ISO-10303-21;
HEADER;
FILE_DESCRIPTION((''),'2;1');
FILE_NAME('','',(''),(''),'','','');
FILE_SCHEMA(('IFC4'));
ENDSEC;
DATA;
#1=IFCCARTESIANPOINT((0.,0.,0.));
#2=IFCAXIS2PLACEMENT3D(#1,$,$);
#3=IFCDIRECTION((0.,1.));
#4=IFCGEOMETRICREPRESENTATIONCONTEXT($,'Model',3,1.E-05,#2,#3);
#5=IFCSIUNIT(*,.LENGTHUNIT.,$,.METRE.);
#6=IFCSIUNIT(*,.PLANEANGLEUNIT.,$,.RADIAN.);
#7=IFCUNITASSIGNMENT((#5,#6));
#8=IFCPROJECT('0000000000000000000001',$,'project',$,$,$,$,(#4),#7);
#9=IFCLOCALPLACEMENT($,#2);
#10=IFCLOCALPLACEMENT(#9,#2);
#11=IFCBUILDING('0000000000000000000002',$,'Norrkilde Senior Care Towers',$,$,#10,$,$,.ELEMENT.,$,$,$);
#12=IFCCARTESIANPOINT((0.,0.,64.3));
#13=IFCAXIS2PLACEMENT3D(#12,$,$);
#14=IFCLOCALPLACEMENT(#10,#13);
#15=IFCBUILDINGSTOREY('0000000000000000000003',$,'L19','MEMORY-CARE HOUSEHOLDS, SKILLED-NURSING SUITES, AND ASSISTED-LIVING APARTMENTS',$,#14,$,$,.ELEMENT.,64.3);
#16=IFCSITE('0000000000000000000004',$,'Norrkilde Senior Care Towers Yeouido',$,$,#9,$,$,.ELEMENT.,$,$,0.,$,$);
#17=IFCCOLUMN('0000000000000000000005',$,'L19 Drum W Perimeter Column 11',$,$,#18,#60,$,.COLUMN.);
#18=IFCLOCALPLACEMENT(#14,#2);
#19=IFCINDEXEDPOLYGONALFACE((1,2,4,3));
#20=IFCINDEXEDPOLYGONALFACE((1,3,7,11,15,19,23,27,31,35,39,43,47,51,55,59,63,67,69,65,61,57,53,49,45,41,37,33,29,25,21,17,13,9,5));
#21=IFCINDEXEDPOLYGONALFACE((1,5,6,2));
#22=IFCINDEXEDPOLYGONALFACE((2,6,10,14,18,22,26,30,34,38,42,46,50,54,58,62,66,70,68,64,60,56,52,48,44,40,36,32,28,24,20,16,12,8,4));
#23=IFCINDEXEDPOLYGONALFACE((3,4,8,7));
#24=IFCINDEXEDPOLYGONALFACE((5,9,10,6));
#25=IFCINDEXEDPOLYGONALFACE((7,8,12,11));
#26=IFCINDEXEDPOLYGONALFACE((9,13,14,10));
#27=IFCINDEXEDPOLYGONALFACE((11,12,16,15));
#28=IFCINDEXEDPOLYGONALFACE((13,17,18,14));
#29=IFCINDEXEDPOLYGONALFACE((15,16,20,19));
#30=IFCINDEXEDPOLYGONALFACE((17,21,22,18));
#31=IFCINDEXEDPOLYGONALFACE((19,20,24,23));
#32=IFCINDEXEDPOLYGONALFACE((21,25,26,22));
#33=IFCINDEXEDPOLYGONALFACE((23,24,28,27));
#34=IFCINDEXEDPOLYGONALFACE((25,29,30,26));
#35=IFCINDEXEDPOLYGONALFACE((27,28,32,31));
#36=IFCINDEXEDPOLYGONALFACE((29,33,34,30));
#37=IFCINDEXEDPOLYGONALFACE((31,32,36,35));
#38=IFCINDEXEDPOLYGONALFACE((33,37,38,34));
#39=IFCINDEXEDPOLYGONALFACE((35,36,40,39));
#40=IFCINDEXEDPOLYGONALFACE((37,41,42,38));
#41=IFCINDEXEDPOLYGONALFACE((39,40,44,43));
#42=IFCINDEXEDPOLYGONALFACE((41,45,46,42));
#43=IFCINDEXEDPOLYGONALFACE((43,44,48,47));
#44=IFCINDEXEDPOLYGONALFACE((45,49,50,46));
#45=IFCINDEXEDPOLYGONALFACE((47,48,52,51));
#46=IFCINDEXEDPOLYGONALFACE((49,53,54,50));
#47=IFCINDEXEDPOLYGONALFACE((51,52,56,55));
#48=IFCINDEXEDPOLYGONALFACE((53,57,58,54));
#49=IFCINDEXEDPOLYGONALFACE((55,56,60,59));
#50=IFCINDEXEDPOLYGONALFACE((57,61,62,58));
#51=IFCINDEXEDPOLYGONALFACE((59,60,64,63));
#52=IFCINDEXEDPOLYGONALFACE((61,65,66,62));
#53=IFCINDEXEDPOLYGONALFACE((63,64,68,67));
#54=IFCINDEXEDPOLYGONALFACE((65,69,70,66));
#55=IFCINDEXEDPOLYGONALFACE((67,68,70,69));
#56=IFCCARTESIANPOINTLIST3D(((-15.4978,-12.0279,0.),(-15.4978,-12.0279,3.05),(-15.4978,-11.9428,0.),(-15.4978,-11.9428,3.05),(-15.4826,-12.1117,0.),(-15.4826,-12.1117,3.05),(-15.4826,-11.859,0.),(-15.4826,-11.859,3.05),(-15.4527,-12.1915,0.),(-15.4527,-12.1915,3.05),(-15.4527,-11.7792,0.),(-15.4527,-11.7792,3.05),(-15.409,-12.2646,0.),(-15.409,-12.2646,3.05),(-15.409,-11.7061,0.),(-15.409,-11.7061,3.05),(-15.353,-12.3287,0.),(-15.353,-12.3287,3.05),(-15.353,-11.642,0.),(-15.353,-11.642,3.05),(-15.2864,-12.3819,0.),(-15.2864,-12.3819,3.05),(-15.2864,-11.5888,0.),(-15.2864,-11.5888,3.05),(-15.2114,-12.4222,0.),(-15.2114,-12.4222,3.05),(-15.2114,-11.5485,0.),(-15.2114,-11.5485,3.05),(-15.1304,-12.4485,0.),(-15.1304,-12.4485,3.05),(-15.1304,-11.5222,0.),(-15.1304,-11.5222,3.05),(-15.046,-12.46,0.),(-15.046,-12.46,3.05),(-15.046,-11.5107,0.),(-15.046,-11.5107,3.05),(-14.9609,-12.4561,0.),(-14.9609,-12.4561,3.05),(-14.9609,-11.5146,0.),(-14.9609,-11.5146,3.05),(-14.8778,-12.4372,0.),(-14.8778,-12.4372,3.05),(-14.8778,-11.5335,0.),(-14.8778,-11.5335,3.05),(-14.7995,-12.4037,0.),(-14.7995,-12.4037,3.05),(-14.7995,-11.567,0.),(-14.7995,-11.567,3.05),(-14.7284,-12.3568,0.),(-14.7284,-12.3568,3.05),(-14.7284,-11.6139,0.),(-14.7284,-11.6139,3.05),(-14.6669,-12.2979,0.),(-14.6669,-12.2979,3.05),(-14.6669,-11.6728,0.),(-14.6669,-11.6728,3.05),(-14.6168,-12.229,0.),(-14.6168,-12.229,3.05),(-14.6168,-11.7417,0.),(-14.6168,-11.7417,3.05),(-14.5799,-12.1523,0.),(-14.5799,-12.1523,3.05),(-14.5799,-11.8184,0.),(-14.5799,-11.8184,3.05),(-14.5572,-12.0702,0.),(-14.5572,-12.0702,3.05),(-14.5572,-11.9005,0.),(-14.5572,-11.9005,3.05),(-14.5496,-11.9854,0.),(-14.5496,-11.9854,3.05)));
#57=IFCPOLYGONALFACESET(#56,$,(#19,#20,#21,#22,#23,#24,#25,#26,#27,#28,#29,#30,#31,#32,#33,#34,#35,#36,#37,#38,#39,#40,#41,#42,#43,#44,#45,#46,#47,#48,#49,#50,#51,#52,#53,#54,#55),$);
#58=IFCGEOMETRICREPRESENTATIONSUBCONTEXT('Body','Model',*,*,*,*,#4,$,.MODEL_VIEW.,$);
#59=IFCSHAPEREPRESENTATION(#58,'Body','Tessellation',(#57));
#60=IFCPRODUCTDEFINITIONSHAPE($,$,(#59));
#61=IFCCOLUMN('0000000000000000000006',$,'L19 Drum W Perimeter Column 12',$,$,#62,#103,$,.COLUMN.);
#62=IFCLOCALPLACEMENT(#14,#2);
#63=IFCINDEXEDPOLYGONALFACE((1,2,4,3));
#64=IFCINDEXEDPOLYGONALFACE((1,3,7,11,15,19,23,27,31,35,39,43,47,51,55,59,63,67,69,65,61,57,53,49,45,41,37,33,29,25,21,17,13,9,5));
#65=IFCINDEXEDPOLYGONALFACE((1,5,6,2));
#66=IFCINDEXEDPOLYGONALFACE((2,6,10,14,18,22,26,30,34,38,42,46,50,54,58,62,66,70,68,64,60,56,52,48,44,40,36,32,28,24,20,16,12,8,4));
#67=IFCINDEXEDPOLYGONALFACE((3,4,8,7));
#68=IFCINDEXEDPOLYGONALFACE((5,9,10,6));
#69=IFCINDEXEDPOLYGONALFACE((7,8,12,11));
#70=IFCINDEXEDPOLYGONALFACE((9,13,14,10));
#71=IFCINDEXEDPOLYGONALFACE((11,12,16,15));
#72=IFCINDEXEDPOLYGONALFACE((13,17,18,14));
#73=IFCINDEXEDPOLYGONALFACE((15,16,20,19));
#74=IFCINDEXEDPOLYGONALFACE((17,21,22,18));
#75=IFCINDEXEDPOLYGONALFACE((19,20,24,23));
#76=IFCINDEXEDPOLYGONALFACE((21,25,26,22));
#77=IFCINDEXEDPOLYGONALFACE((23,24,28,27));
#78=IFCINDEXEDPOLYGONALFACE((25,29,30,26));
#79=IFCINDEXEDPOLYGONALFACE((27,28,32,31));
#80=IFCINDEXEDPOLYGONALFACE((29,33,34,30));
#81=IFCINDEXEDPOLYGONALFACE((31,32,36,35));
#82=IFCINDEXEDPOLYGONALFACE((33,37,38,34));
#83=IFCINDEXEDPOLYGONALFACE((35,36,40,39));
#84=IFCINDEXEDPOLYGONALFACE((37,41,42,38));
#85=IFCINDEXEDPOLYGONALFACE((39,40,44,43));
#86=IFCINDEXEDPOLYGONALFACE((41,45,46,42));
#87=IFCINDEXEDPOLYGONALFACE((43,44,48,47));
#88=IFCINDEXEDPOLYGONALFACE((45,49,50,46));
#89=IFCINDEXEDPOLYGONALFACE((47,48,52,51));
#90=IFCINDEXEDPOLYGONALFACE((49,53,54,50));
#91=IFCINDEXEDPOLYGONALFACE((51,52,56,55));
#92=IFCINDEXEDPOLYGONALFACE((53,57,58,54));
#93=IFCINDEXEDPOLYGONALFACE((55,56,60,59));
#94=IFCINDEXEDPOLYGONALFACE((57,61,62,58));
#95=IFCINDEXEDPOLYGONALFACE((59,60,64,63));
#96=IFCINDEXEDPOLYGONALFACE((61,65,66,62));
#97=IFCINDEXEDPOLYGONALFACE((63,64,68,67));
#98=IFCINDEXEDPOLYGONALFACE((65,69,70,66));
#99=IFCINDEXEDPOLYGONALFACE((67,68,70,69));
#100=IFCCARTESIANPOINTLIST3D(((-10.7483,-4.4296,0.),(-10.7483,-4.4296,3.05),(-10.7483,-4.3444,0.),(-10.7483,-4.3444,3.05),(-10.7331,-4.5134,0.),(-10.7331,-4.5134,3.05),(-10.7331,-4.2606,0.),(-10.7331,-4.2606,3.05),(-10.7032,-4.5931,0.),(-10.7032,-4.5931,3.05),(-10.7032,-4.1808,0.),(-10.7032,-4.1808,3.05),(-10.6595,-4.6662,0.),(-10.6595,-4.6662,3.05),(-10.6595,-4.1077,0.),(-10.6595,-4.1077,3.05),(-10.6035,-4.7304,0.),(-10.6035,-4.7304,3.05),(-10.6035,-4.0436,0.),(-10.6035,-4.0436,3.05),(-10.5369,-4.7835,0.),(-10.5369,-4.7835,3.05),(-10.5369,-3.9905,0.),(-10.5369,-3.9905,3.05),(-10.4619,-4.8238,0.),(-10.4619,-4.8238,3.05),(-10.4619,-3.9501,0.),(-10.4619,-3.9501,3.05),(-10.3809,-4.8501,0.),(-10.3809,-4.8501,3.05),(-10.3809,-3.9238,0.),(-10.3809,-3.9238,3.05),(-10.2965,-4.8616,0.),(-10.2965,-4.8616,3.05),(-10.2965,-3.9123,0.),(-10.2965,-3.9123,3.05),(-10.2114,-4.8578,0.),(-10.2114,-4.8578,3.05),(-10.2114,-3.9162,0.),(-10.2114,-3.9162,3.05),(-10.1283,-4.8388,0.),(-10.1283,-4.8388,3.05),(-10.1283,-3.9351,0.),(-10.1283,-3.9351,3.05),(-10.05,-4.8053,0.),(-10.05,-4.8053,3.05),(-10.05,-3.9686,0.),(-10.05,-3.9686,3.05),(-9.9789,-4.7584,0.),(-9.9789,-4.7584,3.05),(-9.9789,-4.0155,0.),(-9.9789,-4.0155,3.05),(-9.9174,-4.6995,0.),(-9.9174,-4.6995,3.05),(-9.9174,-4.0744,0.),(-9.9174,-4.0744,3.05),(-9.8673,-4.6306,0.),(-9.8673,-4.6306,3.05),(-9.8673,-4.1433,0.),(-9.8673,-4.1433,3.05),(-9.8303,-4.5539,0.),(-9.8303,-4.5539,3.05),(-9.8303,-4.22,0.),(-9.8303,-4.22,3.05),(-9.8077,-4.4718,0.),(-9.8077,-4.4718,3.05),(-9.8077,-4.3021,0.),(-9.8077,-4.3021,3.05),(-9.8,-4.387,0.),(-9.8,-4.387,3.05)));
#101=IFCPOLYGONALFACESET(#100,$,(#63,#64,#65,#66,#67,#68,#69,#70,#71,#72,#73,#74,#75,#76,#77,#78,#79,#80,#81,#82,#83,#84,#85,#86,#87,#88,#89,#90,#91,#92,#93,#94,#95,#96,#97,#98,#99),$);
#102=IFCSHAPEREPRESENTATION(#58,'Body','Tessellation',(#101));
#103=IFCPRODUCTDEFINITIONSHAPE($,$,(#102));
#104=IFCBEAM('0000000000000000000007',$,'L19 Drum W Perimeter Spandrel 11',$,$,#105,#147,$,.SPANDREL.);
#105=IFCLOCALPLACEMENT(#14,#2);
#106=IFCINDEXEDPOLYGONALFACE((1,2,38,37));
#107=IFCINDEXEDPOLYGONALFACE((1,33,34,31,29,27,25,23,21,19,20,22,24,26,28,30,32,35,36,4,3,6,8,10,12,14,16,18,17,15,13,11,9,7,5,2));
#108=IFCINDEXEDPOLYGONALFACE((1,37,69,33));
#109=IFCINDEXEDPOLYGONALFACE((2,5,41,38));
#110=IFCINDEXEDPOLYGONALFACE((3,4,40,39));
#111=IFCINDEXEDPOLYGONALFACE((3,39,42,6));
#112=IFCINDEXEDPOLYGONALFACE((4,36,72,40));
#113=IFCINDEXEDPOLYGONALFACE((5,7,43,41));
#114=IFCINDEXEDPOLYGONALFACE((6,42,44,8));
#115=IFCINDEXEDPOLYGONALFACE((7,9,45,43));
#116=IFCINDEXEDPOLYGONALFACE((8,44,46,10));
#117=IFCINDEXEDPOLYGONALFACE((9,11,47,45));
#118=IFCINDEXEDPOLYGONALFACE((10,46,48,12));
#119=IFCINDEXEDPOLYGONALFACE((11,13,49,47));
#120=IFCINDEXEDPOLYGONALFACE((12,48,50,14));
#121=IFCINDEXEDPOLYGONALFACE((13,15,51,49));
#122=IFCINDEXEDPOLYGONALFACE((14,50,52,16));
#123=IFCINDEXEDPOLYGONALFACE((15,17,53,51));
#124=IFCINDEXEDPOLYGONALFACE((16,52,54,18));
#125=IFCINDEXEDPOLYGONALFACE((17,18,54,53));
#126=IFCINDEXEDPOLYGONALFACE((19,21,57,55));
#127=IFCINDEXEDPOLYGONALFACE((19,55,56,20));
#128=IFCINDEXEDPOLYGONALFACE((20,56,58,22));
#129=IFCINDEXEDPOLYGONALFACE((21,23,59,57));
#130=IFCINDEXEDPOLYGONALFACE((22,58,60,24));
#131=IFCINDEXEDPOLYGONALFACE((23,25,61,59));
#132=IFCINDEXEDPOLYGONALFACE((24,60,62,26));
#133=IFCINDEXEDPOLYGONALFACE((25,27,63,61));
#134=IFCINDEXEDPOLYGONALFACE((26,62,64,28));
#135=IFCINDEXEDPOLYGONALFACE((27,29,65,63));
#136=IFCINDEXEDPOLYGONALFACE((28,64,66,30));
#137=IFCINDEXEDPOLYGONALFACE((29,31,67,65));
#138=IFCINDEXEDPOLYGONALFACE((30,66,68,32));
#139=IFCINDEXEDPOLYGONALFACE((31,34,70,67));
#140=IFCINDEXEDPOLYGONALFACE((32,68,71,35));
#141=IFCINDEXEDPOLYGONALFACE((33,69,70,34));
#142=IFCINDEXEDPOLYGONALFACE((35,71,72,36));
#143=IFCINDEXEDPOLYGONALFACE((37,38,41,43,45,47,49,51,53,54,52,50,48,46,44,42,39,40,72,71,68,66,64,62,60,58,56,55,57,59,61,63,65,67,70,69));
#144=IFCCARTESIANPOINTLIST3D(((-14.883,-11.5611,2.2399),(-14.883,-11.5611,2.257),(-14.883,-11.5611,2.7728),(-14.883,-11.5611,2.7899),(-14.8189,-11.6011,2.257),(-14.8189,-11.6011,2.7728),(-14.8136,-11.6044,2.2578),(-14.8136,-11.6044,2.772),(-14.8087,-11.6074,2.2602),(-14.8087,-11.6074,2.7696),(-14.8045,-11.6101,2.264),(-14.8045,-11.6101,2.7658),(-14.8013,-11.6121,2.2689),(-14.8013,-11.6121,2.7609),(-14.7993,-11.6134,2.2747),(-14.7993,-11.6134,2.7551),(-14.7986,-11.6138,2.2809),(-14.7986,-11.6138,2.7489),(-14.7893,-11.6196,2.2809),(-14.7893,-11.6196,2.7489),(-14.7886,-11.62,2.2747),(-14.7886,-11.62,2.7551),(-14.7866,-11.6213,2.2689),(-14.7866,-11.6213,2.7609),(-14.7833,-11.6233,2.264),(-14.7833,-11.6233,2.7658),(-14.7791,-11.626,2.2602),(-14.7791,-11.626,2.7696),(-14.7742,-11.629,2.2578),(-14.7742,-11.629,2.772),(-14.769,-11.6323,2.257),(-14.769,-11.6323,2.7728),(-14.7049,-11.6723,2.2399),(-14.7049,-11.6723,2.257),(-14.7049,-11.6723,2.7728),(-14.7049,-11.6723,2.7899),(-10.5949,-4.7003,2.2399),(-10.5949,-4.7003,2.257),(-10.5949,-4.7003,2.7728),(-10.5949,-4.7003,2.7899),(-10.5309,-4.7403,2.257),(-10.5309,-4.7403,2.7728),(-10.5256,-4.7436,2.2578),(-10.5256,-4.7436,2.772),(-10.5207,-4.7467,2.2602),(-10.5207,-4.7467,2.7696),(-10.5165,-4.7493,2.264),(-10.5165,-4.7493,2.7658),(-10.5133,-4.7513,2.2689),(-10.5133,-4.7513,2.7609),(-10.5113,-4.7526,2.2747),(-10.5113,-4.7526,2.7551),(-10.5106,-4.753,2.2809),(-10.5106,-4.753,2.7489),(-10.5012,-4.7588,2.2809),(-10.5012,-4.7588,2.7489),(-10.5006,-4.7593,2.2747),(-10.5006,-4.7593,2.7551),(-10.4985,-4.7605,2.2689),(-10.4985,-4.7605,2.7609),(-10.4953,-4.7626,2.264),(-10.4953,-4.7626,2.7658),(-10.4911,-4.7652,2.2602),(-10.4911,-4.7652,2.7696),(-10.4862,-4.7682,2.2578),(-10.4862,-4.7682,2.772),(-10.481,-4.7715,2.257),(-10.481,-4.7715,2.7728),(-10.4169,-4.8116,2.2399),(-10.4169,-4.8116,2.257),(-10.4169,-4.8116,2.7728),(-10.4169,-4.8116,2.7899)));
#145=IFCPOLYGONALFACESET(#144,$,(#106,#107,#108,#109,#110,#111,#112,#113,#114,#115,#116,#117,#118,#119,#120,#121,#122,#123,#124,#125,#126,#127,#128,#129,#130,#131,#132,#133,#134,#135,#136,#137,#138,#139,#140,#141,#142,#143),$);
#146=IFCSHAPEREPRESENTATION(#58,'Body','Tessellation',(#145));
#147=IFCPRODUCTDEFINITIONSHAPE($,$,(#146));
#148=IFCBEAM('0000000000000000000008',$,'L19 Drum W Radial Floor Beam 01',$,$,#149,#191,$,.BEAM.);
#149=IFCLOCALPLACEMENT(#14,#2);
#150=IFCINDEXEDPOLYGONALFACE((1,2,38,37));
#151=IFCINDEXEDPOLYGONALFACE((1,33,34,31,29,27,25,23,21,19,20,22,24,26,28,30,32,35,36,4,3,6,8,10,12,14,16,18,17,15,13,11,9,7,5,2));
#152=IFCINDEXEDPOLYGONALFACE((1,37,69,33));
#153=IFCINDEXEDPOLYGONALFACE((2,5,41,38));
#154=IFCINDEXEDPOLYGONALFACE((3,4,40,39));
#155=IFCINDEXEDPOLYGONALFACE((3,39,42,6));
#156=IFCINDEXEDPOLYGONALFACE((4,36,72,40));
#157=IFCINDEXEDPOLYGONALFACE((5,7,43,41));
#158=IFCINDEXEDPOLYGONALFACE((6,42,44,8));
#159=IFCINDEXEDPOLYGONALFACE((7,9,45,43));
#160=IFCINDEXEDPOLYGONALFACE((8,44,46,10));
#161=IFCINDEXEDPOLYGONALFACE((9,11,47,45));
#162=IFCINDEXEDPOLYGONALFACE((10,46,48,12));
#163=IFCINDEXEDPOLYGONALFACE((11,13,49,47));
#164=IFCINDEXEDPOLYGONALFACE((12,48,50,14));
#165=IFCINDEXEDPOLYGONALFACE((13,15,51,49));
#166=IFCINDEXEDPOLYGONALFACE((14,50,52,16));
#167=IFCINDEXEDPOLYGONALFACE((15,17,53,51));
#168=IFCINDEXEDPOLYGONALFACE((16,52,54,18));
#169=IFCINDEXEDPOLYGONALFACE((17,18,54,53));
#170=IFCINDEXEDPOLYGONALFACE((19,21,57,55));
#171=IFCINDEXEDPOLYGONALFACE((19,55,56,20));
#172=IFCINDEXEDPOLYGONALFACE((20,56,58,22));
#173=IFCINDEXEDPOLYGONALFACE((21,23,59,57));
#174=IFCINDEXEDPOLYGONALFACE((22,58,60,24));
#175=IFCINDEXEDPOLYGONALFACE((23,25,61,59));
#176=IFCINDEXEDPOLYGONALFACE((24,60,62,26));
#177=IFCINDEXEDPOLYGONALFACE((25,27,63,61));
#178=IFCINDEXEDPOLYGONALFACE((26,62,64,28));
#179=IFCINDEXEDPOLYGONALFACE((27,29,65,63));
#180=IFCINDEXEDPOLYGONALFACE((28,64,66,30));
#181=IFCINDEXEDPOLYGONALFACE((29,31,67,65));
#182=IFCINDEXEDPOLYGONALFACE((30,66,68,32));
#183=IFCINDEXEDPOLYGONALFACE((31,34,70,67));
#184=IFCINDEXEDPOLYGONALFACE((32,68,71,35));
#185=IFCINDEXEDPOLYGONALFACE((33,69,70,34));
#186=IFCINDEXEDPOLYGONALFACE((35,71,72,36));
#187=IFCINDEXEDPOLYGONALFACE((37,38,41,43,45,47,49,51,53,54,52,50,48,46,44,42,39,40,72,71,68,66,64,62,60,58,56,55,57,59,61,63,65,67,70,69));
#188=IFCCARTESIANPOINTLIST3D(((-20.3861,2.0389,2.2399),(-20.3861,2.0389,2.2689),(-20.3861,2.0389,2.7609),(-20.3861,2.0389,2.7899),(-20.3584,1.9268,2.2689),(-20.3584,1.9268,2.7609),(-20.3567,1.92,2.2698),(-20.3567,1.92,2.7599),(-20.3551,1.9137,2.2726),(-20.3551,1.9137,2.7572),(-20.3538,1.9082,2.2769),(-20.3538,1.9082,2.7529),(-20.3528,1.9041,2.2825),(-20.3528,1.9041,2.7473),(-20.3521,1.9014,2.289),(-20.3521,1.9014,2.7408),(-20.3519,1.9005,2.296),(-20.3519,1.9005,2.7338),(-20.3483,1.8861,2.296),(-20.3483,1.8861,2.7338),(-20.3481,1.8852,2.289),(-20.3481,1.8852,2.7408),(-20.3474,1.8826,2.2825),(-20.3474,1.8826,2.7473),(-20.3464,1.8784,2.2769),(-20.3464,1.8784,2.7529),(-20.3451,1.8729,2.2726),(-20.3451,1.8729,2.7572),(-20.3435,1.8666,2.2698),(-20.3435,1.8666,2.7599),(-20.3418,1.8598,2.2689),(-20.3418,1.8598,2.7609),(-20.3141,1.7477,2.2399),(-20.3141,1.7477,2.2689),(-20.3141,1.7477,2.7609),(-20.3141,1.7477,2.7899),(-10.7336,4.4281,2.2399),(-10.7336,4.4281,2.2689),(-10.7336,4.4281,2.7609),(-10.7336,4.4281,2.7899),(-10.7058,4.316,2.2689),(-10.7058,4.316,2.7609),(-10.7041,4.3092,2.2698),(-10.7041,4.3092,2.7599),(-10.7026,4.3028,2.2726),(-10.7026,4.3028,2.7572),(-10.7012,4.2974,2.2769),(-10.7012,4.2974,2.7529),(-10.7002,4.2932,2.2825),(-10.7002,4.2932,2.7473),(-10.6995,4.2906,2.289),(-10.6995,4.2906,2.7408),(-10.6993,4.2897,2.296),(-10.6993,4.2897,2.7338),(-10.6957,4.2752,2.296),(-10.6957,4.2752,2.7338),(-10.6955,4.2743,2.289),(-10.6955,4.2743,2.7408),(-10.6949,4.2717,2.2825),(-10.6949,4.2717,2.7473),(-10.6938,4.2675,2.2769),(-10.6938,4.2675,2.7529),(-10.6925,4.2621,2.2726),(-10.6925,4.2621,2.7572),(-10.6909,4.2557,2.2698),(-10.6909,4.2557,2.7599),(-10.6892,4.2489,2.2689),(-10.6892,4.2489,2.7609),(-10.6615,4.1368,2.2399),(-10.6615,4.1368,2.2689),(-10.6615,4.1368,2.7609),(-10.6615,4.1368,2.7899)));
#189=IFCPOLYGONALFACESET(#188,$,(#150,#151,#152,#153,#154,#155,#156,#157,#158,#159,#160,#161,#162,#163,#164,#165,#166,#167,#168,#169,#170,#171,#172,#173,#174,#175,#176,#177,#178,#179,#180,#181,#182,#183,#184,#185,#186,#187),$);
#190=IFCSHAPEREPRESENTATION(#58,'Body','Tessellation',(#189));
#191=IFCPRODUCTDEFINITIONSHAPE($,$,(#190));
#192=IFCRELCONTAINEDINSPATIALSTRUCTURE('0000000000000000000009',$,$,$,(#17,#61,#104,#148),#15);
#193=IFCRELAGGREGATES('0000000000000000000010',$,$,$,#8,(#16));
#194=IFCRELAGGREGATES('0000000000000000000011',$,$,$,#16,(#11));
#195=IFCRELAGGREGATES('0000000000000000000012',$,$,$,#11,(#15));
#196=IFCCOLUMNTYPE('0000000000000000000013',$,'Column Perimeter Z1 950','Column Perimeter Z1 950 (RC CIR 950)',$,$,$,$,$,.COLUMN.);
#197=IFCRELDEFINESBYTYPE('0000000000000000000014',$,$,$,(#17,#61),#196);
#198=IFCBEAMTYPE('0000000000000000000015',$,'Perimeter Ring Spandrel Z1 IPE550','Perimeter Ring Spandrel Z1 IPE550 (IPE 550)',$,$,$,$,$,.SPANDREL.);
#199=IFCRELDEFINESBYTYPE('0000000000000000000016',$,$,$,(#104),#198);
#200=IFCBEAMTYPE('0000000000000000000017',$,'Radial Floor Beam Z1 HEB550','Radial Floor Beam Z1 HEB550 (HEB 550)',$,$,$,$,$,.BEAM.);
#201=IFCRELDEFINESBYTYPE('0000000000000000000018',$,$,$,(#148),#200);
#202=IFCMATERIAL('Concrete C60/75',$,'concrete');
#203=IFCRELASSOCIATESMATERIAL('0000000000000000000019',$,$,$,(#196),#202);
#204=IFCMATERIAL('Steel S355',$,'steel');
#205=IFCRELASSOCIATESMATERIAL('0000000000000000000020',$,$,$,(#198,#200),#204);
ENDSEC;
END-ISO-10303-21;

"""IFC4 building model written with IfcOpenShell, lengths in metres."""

from ifc_helpers import new_model, si_unit, direction, frame, origin, origin_2d, place, context, subcontext, project, spatial, circle, i_section, extrude, source, transform, mapped, material, material_profile, profile_set, type_object, type_shapes, element, save


model = new_model("IFC4")

# Units and contexts
model_context = context("Model", 3, precision=1e-05, world=origin(), true_north=direction((0.0, 1.0)))
body_context = subcontext(model_context, "Body", "Model", "MODEL_VIEW")
ifc_project = project(units=[si_unit("LENGTHUNIT", "METRE"), si_unit("PLANEANGLEUNIT", "RADIAN")], contexts=[model_context])

# Site, building, storey
site_placement = place(None, origin())
site = spatial("IfcSite", under=ifc_project, at=site_placement, Name="Norrkilde Senior Care Towers Yeouido", CompositionType="ELEMENT", RefElevation=0.0)
building_placement = place(site_placement, origin())
building = spatial("IfcBuilding", under=site, at=building_placement, Name="Norrkilde Senior Care Towers", CompositionType="ELEMENT")
storey_placement = place(building_placement, frame((0.0, 0.0, 64.3)))
storey = spatial("IfcBuildingStorey", under=building, at=storey_placement, Name="L19", Description="MEMORY-CARE HOUSEHOLDS, SKILLED-NURSING SUITES, AND ASSISTED-LIVING APARTMENTS", CompositionType="ELEMENT", Elevation=64.3)

# Columns
ifc_material_1 = material(Name="Concrete C60/75", Category="concrete")
ifc_material_profile_1 = material_profile(ifc_material_1, circle(Radius=0.4751, at=origin_2d()), Name="RC CIR 950")
ifc_profile_set_1 = profile_set([ifc_material_profile_1], Name="Concrete C60/75")
column_type = type_object("IfcColumnType", Name="Column Perimeter Z1 950", Description="Column Perimeter Z1 950 (RC CIR 950)", PredefinedType="COLUMN", material=ifc_profile_set_1)
shared_shape_1 = source(origin(), body_context, "Body", "SweptSolid", [
    extrude(circle(Radius=0.4751, at=origin_2d()), origin(), (0.0, 0.0, 1.0), 3.05),
])
type_shapes(column_type, [shared_shape_1])
for number, where, z_axis, x_axis, name in (
    (1, (-15.0247, -11.9854, 0.0), (0.0, 0.0, 1.0), (1.0, 0.0, 0.0), "L19 Drum W Perimeter Column 11"),
    (2, (-10.2751, -4.387, 0.0), (0.0, 0.0, 1.0), (1.0, 0.0, 0.0), "L19 Drum W Perimeter Column 12"),
):
    element("IfcColumn", number, at=place(storey_placement, frame(where, z_axis=z_axis, x_axis=x_axis)), inside=storey, type_object=column_type, Name=name, PredefinedType="COLUMN", context=body_context, shape_type="MappedRepresentation", body=[
        mapped(shared_shape_1, transform((0.0, 0.0, 0.0), x_axis=(1.0, 0.0, 0.0), y_axis=(0.0, 1.0, 0.0), z_axis=(0.0, 0.0, 1.0), scale=1.0)),
    ])

# Beams
ifc_material_2 = material(Name="Steel S355", Category="steel")
ifc_material_profile_2 = material_profile(ifc_material_2, i_section(OverallWidth=0.21, OverallDepth=0.55, WebThickness=0.011, FlangeThickness=0.0171, FilletRadius=0.0239, at=origin_2d()), Name="IPE 550")
ifc_profile_set_2 = profile_set([ifc_material_profile_2], Name="Steel S355")
beam_type_1 = type_object("IfcBeamType", Name="Perimeter Ring Spandrel Z1 IPE550", Description="Perimeter Ring Spandrel Z1 IPE550 (IPE 550)", PredefinedType="SPANDREL", material=ifc_profile_set_2)
shared_shape_2 = source(origin(), body_context, "Body", "SweptSolid", [
    extrude(i_section(OverallWidth=0.21, OverallDepth=0.55, WebThickness=0.011, FlangeThickness=0.0171, FilletRadius=0.0239, at=origin_2d()), origin(), (0.0, 0.0, 1.0), 8.0906),
])
beam_1_placement = place(storey_placement, frame((-14.7939, -11.6167, 2.5149), z_axis=(0.530004, 0.847995, 0.0), x_axis=(-0.847995, 0.530004, 0.0)))
element("IfcBeam", 3, at=beam_1_placement, inside=storey, type_object=beam_type_1, Name="L19 Drum W Perimeter Spandrel 11", PredefinedType="SPANDREL", context=body_context, shape_type="MappedRepresentation", body=[
    mapped(shared_shape_2, transform((0.0, 0.0, 0.0), x_axis=(1.0, 0.0, 0.0), y_axis=(0.0, 1.0, 0.0), z_axis=(0.0, 0.0, 1.0), scale=1.0)),
])
ifc_material_profile_3 = material_profile(ifc_material_2, i_section(OverallWidth=0.3, OverallDepth=0.55, WebThickness=0.0149, FlangeThickness=0.0291, FilletRadius=0.0271, at=origin_2d()), Name="HEB 550")
ifc_profile_set_3 = profile_set([ifc_material_profile_3], Name="Steel S355")
beam_type_2 = type_object("IfcBeamType", Name="Radial Floor Beam Z1 HEB550", Description="Radial Floor Beam Z1 HEB550 (HEB 550)", PredefinedType="BEAM", material=ifc_profile_set_3)
shared_shape_3 = source(origin(), body_context, "Body", "SweptSolid", [
    extrude(i_section(OverallWidth=0.3, OverallDepth=0.55, WebThickness=0.0149, FlangeThickness=0.0291, FilletRadius=0.0271, at=origin_2d()), origin(), (0.0, 0.0, 1.0), 9.9438),
])
type_shapes(beam_type_2, [shared_shape_3])
for number, where, z_axis, x_axis, name in (
    (4, (-20.3501, 1.8933, 2.5149), (0.970707, 0.240265, 0.0), (-0.240265, 0.970707, 0.0), "L19 Drum W Radial Floor Beam 01"),
):
    element("IfcBeam", number, at=place(storey_placement, frame(where, z_axis=z_axis, x_axis=x_axis)), inside=storey, type_object=beam_type_2, Name=name, PredefinedType="BEAM", context=body_context, shape_type="MappedRepresentation", body=[
        mapped(shared_shape_3, transform((0.0, 0.0, 0.0), x_axis=(1.0, 0.0, 0.0), y_axis=(0.0, 1.0, 0.0), z_axis=(0.0, 0.0, 1.0), scale=1.0)),
    ])

save(model, "model.ifc")
